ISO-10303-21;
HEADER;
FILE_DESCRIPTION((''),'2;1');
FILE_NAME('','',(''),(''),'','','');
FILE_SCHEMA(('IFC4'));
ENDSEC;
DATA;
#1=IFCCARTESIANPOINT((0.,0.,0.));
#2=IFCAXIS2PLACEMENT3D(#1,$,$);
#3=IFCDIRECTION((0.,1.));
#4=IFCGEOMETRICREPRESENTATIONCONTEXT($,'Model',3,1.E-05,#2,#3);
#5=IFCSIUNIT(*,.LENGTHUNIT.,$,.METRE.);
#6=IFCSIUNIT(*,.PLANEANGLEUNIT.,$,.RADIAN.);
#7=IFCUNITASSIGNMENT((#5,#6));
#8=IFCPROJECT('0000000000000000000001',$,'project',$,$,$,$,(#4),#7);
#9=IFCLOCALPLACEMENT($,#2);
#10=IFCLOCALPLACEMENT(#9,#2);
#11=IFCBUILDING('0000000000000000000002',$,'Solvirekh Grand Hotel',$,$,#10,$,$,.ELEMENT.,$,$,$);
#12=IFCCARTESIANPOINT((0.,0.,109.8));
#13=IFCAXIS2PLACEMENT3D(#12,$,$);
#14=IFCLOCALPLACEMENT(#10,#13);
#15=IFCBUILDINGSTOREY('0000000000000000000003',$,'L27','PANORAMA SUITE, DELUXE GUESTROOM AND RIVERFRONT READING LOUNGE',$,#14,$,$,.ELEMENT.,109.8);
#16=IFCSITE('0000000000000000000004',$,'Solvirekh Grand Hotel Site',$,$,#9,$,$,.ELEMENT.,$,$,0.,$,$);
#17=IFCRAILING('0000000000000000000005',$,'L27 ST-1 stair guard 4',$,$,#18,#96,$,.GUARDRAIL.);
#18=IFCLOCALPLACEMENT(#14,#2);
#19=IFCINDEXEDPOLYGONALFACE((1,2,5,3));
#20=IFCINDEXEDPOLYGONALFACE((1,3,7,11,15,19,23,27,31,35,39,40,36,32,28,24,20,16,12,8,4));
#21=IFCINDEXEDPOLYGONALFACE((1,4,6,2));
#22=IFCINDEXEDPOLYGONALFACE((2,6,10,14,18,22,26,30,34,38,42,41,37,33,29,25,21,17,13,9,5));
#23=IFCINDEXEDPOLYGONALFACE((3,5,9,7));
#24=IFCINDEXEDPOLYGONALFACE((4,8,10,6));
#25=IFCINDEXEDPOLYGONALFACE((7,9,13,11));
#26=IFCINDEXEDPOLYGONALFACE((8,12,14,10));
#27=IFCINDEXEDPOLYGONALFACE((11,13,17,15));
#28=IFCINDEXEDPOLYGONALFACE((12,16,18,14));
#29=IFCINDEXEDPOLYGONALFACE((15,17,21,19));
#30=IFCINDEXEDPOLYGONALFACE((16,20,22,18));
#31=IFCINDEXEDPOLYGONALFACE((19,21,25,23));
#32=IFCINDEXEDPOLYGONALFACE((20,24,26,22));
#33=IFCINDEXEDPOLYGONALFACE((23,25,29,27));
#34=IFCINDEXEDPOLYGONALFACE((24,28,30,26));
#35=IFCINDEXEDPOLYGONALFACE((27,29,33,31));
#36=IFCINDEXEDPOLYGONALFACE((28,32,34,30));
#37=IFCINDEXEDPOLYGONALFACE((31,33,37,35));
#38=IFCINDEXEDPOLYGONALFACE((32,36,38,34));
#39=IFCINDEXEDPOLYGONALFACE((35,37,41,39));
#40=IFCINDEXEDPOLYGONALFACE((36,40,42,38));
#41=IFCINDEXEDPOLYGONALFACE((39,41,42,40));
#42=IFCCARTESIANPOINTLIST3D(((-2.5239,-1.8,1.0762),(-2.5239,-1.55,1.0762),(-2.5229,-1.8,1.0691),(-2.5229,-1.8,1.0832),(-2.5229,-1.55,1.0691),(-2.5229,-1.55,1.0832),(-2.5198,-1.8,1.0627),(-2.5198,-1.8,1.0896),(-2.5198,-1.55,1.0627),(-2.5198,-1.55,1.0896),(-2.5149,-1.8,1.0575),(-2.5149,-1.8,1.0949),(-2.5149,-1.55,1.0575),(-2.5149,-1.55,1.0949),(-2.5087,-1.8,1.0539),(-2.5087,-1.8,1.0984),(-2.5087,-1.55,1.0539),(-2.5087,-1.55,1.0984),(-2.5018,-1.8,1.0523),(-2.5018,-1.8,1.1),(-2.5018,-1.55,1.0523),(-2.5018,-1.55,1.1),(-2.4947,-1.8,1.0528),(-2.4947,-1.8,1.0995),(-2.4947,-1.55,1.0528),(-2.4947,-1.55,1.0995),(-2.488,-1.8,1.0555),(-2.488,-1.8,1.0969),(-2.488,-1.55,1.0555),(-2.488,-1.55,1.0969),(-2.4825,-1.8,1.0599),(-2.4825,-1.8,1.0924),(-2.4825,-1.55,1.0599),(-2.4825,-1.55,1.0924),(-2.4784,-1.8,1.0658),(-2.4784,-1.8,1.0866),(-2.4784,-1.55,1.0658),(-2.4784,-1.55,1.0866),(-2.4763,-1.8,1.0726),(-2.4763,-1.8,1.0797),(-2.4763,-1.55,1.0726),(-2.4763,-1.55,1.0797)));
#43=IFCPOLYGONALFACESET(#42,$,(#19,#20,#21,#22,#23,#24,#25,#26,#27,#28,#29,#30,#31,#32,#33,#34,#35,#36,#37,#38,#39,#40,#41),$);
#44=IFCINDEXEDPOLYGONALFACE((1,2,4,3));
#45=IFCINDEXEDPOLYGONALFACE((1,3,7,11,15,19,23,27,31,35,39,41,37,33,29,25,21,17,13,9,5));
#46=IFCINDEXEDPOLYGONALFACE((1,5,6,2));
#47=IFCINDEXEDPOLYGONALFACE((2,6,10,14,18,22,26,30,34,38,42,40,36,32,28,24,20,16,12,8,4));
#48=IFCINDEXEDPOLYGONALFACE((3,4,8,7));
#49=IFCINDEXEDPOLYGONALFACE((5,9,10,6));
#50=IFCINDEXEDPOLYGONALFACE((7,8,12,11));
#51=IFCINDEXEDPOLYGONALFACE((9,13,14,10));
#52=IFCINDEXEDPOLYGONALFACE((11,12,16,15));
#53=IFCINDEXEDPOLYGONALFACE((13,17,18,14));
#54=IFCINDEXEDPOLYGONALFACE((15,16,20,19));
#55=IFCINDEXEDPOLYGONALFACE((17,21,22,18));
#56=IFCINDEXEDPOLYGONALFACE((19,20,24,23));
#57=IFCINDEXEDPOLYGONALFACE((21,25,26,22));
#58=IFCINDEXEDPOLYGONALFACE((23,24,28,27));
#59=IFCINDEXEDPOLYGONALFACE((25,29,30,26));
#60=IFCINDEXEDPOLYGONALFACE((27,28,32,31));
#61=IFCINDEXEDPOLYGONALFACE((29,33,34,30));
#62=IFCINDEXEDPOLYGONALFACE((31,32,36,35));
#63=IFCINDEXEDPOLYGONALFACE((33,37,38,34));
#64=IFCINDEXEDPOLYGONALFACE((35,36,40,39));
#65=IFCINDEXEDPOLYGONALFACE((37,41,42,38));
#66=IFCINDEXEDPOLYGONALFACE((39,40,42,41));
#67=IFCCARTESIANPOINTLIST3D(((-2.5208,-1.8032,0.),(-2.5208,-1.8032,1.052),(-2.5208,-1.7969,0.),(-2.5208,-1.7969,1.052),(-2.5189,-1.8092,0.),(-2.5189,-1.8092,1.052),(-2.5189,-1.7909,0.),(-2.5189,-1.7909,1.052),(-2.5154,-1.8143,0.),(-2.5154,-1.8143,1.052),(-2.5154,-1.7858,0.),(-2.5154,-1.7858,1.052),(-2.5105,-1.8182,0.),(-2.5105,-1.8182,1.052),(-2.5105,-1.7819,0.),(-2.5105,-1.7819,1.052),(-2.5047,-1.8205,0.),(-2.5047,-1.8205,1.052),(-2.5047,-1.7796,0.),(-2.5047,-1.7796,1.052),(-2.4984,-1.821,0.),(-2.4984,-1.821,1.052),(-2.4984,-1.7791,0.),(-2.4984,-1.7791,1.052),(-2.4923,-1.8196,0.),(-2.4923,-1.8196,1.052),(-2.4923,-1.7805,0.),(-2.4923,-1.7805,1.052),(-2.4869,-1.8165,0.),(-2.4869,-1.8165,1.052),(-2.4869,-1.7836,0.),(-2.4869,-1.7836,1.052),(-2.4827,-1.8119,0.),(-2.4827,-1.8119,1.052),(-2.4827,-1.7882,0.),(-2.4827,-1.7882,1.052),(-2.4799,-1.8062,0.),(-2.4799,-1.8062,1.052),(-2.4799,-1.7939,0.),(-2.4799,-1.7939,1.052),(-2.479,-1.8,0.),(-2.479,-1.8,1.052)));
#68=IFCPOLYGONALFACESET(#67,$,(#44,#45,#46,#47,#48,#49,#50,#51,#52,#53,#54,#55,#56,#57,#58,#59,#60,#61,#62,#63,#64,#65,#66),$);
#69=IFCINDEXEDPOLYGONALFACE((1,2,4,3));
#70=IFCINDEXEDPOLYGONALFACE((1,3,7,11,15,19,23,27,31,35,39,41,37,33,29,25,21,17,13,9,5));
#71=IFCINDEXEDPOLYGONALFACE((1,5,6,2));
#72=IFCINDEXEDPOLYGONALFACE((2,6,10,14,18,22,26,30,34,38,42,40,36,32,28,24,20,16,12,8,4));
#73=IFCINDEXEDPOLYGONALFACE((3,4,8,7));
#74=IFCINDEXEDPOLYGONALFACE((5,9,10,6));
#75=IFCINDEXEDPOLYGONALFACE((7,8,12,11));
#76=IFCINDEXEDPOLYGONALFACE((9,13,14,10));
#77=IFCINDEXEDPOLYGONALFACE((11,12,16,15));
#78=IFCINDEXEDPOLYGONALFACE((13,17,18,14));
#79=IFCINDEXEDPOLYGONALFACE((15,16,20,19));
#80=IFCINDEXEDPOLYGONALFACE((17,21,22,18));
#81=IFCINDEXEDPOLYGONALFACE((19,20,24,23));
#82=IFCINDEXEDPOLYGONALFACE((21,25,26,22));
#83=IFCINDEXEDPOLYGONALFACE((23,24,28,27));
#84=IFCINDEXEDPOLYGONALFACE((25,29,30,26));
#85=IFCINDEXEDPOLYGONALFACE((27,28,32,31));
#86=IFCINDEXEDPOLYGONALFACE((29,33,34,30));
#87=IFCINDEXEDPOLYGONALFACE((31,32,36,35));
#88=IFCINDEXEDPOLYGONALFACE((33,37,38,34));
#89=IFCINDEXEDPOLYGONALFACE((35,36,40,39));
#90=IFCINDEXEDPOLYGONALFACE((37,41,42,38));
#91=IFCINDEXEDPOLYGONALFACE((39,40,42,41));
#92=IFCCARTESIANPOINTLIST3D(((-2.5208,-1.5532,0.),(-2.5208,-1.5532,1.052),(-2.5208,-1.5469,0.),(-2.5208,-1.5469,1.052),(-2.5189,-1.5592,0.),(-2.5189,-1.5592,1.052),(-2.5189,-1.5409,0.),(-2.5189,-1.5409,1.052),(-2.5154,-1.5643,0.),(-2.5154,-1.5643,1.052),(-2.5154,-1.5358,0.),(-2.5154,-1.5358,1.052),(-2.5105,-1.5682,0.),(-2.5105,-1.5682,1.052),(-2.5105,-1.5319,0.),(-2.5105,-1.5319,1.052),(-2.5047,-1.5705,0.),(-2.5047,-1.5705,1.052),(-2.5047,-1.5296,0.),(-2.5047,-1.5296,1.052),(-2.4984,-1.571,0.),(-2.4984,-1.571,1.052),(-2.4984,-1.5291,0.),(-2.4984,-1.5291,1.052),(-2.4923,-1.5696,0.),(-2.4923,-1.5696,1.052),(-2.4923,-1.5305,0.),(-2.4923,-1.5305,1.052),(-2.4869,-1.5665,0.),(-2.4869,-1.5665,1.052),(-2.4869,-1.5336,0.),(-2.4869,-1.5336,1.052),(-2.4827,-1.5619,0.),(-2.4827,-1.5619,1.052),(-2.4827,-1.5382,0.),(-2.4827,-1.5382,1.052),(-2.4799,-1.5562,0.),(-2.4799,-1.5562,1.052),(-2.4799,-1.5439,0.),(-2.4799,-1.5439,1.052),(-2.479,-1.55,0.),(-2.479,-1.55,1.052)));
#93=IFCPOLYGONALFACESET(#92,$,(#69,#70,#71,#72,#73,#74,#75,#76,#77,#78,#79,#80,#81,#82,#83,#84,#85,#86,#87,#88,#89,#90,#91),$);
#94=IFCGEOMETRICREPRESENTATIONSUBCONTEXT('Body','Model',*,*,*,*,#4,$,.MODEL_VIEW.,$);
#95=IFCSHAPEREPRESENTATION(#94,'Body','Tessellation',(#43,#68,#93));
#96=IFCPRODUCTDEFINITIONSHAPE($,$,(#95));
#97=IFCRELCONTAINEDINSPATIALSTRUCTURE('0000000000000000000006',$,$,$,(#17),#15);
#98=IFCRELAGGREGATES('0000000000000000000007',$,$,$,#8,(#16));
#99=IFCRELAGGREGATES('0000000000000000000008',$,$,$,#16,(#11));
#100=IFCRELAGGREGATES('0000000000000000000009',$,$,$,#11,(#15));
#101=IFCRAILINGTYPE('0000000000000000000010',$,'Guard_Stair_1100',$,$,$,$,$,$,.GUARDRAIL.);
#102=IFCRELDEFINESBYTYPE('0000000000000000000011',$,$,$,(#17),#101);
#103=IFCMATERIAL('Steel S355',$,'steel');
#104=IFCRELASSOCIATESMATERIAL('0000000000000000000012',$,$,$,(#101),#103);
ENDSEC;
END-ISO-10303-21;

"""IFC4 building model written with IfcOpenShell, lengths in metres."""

from ifc_helpers import new_model, si_unit, direction, frame, origin, origin_2d, place, context, subcontext, project, spatial, circle, extrude, material, type_object, element, save


model = new_model("IFC4")

# Units and contexts
model_context = context("Model", 3, precision=1e-05, world=origin(), true_north=direction((0.0, 1.0)))
body_context = subcontext(model_context, "Body", "Model", "MODEL_VIEW")
ifc_project = project(units=[si_unit("LENGTHUNIT", "METRE"), si_unit("PLANEANGLEUNIT", "RADIAN")], contexts=[model_context])

# Site, building, storey
site_placement = place(None, origin())
site = spatial("IfcSite", under=ifc_project, at=site_placement, Name="Solvirekh Grand Hotel Site", CompositionType="ELEMENT", RefElevation=0.0)
building_placement = place(site_placement, origin())
building = spatial("IfcBuilding", under=site, at=building_placement, Name="Solvirekh Grand Hotel", CompositionType="ELEMENT")
storey_placement = place(building_placement, frame((0.0, 0.0, 109.8)))
storey = spatial("IfcBuildingStorey", under=building, at=storey_placement, Name="L27", Description="PANORAMA SUITE, DELUXE GUESTROOM AND RIVERFRONT READING LOUNGE", CompositionType="ELEMENT", Elevation=109.8)

# Shared definitions
ifc_material_1 = material(Name="Steel S355", Category="steel")

# Railing
railing_type_1 = type_object("IfcRailingType", Name="Guard_Stair_1100", PredefinedType="GUARDRAIL", material=ifc_material_1)
railing_1_placement = place(storey_placement, frame((-2.5, -1.8, 0.0)))
element("IfcRailing", 1, at=railing_1_placement, inside=storey, type_object=railing_type_1, Name="L27 ST-1 stair guard 4", PredefinedType="GUARDRAIL", context=body_context, shape_type="SweptSolid", body=[
    extrude(circle(Radius=0.0239, at=origin_2d()), frame((0.0, 0.0, 1.0762), z_axis=(0.0, 1.0, 0.0), x_axis=(-1.0, 0.0, 0.0)), (0.0, 0.0, 1.0), 0.25),
    extrude(circle(Radius=0.021, at=origin_2d()), origin(), (0.0, 0.0, 1.0), 1.052),
    extrude(circle(Radius=0.021, at=origin_2d()), frame((0.0, 0.25, 0.0)), (0.0, 0.0, 1.0), 1.052),
])

save(model, "model.ifc")
